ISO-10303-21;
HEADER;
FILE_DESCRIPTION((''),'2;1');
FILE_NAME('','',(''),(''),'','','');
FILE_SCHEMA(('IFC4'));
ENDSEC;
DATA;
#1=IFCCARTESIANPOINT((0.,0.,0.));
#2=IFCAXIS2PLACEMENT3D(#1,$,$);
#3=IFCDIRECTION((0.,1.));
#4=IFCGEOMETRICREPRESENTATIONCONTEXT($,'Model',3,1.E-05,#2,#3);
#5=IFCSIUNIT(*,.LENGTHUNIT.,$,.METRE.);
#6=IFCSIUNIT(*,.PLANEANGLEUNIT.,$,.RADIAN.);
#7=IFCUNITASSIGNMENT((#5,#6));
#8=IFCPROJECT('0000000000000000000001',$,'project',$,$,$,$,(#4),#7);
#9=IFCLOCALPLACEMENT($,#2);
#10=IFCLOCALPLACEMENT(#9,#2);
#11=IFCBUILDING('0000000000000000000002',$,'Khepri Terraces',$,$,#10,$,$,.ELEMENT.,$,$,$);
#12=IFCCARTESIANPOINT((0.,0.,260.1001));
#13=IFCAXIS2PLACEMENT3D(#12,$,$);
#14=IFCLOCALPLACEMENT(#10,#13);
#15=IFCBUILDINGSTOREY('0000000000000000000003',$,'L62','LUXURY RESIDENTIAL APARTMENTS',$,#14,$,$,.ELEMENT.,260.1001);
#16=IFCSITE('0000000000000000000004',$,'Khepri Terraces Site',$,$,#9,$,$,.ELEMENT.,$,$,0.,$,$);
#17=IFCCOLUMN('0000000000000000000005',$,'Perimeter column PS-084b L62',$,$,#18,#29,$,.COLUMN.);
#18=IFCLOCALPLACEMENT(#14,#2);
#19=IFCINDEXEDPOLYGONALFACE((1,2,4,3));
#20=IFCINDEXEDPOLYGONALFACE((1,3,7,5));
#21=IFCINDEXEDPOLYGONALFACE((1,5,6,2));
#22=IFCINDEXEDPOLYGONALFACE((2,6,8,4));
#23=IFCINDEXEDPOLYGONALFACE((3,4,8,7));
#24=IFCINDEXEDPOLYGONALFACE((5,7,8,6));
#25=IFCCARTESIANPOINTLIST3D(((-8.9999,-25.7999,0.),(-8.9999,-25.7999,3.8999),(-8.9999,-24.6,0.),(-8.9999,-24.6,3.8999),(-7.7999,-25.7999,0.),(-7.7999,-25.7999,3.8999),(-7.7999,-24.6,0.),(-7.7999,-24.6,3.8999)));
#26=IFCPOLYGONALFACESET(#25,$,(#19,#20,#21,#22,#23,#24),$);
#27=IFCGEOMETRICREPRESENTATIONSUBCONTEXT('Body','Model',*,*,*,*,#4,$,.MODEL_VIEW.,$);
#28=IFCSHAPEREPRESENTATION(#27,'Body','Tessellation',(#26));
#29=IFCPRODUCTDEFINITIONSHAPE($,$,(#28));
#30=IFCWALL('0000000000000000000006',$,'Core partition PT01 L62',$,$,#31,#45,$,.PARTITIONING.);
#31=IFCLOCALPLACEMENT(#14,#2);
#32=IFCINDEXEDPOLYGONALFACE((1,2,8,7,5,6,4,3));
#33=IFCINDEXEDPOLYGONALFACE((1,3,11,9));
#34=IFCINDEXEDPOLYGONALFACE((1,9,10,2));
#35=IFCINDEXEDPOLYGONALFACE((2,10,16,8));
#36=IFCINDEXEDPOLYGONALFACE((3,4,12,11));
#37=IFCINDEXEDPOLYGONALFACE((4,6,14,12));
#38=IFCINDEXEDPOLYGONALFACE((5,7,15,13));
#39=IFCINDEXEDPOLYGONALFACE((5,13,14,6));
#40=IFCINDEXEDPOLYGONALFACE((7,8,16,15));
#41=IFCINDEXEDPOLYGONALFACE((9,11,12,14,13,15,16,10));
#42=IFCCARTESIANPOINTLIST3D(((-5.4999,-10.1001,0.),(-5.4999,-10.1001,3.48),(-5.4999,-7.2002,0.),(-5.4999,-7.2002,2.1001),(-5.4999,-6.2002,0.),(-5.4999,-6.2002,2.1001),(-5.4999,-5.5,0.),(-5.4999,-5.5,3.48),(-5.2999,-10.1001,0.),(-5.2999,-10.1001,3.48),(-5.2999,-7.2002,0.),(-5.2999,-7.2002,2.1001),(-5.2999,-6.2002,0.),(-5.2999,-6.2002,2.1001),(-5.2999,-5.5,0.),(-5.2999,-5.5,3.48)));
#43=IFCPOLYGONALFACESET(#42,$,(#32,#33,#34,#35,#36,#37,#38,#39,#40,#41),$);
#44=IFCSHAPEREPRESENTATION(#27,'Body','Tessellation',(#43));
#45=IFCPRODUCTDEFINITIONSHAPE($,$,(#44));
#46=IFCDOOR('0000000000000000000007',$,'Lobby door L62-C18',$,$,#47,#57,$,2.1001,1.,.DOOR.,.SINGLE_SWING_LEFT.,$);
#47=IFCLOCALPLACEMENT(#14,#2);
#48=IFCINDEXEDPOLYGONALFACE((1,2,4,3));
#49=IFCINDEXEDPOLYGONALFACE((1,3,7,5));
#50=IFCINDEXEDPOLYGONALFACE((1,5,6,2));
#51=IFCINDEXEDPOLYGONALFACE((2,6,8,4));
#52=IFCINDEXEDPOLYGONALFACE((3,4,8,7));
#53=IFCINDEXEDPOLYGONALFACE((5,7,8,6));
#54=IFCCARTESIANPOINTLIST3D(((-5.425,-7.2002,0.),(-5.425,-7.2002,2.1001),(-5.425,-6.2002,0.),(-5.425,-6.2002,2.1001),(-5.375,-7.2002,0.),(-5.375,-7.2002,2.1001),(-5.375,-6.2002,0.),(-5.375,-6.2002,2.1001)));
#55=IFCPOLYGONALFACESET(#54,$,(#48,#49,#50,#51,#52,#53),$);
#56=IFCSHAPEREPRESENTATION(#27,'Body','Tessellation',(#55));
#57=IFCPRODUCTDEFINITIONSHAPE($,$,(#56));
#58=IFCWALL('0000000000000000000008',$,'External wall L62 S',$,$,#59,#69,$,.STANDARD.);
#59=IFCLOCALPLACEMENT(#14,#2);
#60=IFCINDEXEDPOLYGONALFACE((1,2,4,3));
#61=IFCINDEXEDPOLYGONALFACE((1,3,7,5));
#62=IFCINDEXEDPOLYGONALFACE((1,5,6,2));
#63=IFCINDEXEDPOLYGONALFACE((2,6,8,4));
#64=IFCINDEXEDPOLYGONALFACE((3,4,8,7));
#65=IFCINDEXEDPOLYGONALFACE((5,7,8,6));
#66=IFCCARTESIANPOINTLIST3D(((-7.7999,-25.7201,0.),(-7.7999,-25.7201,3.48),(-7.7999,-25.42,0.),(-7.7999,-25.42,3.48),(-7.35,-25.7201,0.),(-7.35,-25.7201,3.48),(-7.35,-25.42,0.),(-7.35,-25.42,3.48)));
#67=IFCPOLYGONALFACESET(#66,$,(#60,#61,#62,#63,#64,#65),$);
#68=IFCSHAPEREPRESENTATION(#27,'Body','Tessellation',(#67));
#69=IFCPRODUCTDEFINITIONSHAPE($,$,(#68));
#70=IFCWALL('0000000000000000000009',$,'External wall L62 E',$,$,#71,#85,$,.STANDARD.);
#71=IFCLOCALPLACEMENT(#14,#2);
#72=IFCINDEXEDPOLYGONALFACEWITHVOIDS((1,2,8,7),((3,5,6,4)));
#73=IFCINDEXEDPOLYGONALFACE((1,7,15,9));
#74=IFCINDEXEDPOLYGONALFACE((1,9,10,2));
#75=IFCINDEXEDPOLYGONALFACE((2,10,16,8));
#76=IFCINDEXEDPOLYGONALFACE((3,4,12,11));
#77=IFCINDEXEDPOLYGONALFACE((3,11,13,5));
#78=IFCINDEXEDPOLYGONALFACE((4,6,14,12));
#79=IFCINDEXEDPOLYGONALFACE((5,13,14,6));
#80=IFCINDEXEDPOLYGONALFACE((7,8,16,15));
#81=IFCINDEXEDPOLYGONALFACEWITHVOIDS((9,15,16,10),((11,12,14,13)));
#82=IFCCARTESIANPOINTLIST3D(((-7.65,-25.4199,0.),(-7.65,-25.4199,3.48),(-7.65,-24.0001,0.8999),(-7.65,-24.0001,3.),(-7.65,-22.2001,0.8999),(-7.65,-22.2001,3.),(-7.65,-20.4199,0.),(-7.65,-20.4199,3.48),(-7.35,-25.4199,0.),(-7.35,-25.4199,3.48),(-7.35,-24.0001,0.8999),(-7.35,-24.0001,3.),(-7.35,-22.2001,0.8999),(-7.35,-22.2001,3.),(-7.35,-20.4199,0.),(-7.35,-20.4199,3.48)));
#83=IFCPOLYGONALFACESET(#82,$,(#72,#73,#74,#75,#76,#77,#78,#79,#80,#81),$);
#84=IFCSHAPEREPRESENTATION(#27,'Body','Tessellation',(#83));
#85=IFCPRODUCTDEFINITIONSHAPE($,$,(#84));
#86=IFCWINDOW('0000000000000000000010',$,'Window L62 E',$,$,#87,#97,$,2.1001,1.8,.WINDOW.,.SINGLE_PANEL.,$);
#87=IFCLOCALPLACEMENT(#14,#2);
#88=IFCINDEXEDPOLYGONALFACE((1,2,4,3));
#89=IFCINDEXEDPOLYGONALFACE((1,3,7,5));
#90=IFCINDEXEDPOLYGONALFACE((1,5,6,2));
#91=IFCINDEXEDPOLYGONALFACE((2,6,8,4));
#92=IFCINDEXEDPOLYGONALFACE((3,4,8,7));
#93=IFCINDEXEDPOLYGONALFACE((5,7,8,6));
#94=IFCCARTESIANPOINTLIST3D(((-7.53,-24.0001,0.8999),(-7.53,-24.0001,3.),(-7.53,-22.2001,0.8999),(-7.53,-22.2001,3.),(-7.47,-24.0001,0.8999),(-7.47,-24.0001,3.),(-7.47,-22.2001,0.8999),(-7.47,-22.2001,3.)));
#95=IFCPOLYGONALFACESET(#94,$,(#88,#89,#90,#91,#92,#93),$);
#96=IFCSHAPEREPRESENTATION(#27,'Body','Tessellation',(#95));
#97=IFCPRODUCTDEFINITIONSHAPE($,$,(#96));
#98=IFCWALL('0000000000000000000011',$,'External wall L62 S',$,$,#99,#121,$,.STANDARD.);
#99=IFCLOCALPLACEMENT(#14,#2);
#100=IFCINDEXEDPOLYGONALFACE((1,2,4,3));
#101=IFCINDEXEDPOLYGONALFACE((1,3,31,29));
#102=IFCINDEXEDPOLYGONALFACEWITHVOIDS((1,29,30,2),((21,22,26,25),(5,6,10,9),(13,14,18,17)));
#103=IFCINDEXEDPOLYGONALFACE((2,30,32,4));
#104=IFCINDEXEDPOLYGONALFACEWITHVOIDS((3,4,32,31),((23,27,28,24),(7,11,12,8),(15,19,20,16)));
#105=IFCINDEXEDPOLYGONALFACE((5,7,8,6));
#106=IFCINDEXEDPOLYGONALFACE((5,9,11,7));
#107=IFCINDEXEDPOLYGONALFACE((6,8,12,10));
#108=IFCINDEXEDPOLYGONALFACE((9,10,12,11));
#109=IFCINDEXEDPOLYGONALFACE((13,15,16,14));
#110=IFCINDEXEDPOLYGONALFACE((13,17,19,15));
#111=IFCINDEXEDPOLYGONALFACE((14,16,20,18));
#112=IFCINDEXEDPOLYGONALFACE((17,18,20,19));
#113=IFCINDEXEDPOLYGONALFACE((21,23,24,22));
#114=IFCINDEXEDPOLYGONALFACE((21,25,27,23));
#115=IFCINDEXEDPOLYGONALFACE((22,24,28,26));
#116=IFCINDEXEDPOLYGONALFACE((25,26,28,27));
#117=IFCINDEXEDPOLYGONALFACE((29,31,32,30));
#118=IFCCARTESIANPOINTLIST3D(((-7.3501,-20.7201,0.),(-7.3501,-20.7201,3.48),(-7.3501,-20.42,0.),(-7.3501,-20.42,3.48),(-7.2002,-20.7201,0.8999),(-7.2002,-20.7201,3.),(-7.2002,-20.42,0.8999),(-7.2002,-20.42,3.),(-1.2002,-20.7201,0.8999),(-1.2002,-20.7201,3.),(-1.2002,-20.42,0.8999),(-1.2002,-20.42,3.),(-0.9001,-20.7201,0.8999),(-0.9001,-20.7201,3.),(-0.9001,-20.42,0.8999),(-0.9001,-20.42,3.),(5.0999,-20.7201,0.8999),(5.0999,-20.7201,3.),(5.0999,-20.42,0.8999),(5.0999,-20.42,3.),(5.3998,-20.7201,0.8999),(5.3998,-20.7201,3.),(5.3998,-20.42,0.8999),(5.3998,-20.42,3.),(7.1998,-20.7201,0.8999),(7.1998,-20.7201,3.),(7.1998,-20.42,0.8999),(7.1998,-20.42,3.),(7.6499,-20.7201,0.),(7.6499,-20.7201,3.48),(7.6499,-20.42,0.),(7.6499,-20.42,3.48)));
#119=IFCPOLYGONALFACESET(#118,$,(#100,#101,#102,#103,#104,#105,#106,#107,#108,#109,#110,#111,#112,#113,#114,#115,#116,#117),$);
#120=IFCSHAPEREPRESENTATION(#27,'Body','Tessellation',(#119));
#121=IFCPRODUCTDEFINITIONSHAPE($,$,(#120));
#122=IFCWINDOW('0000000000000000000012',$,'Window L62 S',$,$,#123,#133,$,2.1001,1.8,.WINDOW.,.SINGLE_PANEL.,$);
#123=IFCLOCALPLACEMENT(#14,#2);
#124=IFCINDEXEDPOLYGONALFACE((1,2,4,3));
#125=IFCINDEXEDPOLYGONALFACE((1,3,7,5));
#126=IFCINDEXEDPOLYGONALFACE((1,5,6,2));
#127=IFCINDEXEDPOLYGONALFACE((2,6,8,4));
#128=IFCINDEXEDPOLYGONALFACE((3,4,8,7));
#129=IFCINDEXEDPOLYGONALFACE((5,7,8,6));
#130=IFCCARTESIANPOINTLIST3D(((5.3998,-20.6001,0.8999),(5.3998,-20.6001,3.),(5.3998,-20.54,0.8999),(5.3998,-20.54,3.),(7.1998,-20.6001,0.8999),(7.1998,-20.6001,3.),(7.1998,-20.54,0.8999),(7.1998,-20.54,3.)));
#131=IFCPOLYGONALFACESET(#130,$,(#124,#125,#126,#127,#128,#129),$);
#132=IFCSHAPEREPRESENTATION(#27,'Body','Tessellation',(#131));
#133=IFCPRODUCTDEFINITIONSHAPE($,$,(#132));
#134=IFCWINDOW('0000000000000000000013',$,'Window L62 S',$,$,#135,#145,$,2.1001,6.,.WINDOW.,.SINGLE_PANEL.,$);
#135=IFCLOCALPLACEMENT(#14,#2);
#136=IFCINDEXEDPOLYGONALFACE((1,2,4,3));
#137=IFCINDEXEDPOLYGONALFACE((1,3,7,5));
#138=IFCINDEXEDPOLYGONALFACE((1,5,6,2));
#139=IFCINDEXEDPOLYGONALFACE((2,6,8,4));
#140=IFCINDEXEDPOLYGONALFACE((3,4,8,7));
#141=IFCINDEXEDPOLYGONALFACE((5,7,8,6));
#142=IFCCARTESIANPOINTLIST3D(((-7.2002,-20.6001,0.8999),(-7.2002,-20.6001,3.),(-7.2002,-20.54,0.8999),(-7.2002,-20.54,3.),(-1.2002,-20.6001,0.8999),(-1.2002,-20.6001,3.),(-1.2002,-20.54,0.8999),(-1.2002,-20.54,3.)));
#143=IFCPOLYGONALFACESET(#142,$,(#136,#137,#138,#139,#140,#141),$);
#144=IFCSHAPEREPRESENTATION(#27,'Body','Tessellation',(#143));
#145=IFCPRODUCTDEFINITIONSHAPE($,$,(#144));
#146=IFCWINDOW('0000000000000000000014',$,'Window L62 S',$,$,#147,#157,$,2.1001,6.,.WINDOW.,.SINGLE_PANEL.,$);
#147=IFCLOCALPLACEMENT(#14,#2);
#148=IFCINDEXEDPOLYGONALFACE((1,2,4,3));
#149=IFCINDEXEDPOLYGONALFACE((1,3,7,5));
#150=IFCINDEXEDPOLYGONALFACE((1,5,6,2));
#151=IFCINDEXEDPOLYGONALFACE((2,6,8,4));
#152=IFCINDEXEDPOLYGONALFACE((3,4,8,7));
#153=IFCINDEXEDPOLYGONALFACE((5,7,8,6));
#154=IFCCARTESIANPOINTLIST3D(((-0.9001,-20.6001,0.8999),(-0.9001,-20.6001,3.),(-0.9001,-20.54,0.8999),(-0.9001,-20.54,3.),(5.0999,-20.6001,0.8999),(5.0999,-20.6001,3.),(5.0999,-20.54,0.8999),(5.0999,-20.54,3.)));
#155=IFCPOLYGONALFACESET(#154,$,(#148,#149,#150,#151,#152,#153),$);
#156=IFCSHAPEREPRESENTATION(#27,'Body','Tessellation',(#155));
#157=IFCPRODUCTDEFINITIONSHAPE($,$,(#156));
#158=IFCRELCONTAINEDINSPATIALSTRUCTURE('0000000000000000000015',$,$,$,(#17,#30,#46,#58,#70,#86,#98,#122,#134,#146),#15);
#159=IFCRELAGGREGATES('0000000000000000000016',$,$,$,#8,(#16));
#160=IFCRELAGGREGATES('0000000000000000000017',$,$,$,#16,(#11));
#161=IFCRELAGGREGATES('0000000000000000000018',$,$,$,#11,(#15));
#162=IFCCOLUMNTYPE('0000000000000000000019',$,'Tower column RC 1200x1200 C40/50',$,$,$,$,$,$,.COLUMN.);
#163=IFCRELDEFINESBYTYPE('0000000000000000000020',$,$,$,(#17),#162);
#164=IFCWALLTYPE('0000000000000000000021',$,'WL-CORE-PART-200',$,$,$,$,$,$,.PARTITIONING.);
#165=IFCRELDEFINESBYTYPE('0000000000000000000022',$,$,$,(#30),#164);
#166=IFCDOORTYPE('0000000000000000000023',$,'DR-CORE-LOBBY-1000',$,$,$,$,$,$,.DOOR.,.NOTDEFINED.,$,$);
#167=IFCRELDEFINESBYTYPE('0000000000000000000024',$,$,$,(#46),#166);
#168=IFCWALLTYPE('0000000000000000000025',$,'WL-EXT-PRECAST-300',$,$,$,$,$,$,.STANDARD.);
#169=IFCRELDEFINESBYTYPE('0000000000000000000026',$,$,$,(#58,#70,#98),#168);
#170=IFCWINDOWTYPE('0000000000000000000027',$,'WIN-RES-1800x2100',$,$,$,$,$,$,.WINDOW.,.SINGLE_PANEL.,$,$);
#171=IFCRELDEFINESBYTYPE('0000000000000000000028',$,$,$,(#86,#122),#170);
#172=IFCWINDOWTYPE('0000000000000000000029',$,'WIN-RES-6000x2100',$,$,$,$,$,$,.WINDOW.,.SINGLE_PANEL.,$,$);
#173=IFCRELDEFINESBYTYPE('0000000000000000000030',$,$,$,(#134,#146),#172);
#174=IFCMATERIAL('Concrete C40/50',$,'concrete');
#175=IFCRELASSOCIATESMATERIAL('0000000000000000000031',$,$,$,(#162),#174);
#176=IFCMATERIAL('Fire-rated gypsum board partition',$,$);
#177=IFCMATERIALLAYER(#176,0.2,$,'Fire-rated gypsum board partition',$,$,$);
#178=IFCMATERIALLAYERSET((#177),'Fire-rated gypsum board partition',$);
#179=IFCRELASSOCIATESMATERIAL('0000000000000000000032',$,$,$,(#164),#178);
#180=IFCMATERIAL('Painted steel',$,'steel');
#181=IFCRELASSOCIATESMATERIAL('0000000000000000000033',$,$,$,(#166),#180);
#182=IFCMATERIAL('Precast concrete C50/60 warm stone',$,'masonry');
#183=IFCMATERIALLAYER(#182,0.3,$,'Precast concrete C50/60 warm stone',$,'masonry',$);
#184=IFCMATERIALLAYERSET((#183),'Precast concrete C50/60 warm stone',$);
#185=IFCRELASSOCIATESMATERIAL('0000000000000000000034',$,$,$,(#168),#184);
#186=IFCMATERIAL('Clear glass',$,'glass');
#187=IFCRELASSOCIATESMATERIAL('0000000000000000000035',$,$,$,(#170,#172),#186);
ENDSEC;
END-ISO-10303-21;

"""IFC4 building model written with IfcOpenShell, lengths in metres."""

from ifc_helpers import new_model, si_unit, direction, frame, frame_2d, origin, origin_2d, place, context, subcontext, project, spatial, rectangle, extrude, material, layer, layer_set, material_profile, profile_set, type_object, element, fill, save


model = new_model("IFC4")

# Units and contexts
model_context = context("Model", 3, precision=1e-05, world=origin(), true_north=direction((0.0, 1.0)))
body_context = subcontext(model_context, "Body", "Model", "MODEL_VIEW")
ifc_project = project(units=[si_unit("LENGTHUNIT", "METRE"), si_unit("PLANEANGLEUNIT", "RADIAN")], contexts=[model_context])

# Site, building, storey
site_placement = place(None, origin())
site = spatial("IfcSite", under=ifc_project, at=site_placement, Name="Khepri Terraces Site", CompositionType="ELEMENT", RefElevation=0.0)
building_placement = place(site_placement, origin())
building = spatial("IfcBuilding", under=site, at=building_placement, Name="Khepri Terraces", CompositionType="ELEMENT")
storey_placement = place(building_placement, frame((0.0, 0.0, 260.1001)))
storey = spatial("IfcBuildingStorey", under=building, at=storey_placement, Name="L62", Description="LUXURY RESIDENTIAL APARTMENTS", CompositionType="ELEMENT", Elevation=260.1001)

# Column
ifc_material_1 = material(Name="Concrete C40/50", Category="concrete")
ifc_material_profile = material_profile(ifc_material_1, rectangle(XDim=1.2, YDim=1.2, at=origin_2d()), Name="Concrete C40/50", Category="concrete")
ifc_profile_set = profile_set([ifc_material_profile], Name="Concrete C40/50")
column_type = type_object("IfcColumnType", Name="Tower column RC 1200x1200 C40/50", PredefinedType="COLUMN", material=ifc_profile_set)
column_placement = place(storey_placement, frame((-8.3999, -25.2, 0.0), z_axis=(0.0, 0.0, 1.0), x_axis=(1.0, 0.0, 0.0)))
element("IfcColumn", 1, at=column_placement, inside=storey, type_object=column_type, Name="Perimeter column PS-084b L62", PredefinedType="COLUMN", context=body_context, shape_type="SweptSolid", body=[
    extrude(rectangle(XDim=1.2, YDim=1.2, at=origin_2d()), origin(), (0.0, 0.0, 1.0), 3.8999),
])

# Wall, opening, door
ifc_material_2 = material(Name="Fire-rated gypsum board partition")
ifc_layer_1 = layer(ifc_material_2, 0.2, Name="Fire-rated gypsum board partition")
ifc_layer_set_1 = layer_set([ifc_layer_1], Name="Fire-rated gypsum board partition")
wall_type_1 = type_object("IfcWallType", Name="WL-CORE-PART-200", PredefinedType="PARTITIONING", material=ifc_layer_set_1)
wall_1_placement = place(storey_placement, frame((-5.3999, -10.1001, 0.0), z_axis=(0.0, 0.0, 1.0), x_axis=(0.0, 1.0, 0.0)))
wall_1 = element("IfcWall", 2, at=wall_1_placement, inside=storey, type_object=wall_type_1, Name="Core partition PT01 L62", PredefinedType="PARTITIONING", context=body_context, shape_type="SweptSolid", body=[
    extrude(rectangle(XDim=4.6001, YDim=0.2, at=frame_2d((2.3, 0.0))), origin(), (0.0, 0.0, 1.0), 3.48),
])
opening_1_placement = place(wall_1_placement, frame((2.8999, 0.0, 0.0)))
opening_1 = element("IfcOpeningElement", 3, at=opening_1_placement, cuts=wall_1, PredefinedType="OPENING", context=body_context, shape_type="SweptSolid", body=[
    extrude(rectangle(XDim=1.0, YDim=2.1001, at=frame_2d((0.5, 1.05))), frame((0.0, 0.1099, 0.0), z_axis=(0.0, -1.0, 0.0), x_axis=(1.0, 0.0, 0.0)), (0.0, 0.0, 1.0), 0.22),
])
ifc_material_3 = material(Name="Painted steel", Category="steel")
door_type_1 = type_object("IfcDoorType", Name="DR-CORE-LOBBY-1000", OperationType="NOTDEFINED", PredefinedType="DOOR", material=ifc_material_3)
door_1_placement = place(opening_1_placement, frame((1.0, 0.0, 0.0), z_axis=(0.0, 0.0, 1.0), x_axis=(-1.0, 0.0, 0.0)))
door_1 = element("IfcDoor", 4, at=door_1_placement, inside=storey, type_object=door_type_1, Name="Lobby door L62-C18", OperationType="SINGLE_SWING_LEFT", OverallHeight=2.1001, OverallWidth=1.0, PredefinedType="DOOR", context=body_context, shape_type="SweptSolid", body=[
    extrude(rectangle(XDim=1.0, YDim=2.1001, at=frame_2d((0.5, 1.05))), frame((0.0, 0.0249, 0.0), z_axis=(0.0, -1.0, 0.0), x_axis=(1.0, 0.0, 0.0)), (0.0, 0.0, 1.0), 0.05),
])
fill(opening_1, door_1)

# Wall
ifc_material_4 = material(Name="Precast concrete C50/60 warm stone", Category="masonry")
ifc_layer_2 = layer(ifc_material_4, 0.3, Name="Precast concrete C50/60 warm stone", Category="masonry")
ifc_layer_set_2 = layer_set([ifc_layer_2], Name="Precast concrete C50/60 warm stone")
wall_type_2 = type_object("IfcWallType", Name="WL-EXT-PRECAST-300", PredefinedType="STANDARD", material=ifc_layer_set_2)
wall_2_placement = place(storey_placement, frame((-7.8, -25.5701, 0.0), z_axis=(0.0, 0.0, 1.0), x_axis=(1.0, 0.0, 0.0)))
element("IfcWall", 5, at=wall_2_placement, inside=storey, type_object=wall_type_2, Name="External wall L62 S", PredefinedType="STANDARD", context=body_context, shape_type="SweptSolid", body=[
    extrude(rectangle(XDim=0.45, YDim=0.3, at=frame_2d((0.2251, 0.0))), origin(), (0.0, 0.0, 1.0), 3.48),
])

# Wall, opening, window
wall_3_placement = place(storey_placement, frame((-7.5, -25.4199, 0.0), z_axis=(0.0, 0.0, 1.0), x_axis=(0.0, 1.0, 0.0)))
wall_3 = element("IfcWall", 6, at=wall_3_placement, inside=storey, type_object=wall_type_2, Name="External wall L62 E", PredefinedType="STANDARD", context=body_context, shape_type="SweptSolid", body=[
    extrude(rectangle(XDim=5.0, YDim=0.3, at=frame_2d((2.5, 0.0))), origin(), (0.0, 0.0, 1.0), 3.48),
])
opening_2_placement = place(wall_3_placement, frame((1.4199, 0.0, 0.8999)))
opening_2 = element("IfcOpeningElement", 7, at=opening_2_placement, cuts=wall_3, PredefinedType="OPENING", context=body_context, shape_type="SweptSolid", body=[
    extrude(rectangle(XDim=1.8, YDim=2.1001, at=frame_2d((0.8999, 1.05))), frame((0.0, 0.1602, 0.0), z_axis=(0.0, -1.0, 0.0), x_axis=(1.0, 0.0, 0.0)), (0.0, 0.0, 1.0), 0.3201),
])
ifc_material_5 = material(Name="Clear glass", Category="glass")
window_type_1 = type_object("IfcWindowType", Name="WIN-RES-1800x2100", PartitioningType="SINGLE_PANEL", PredefinedType="WINDOW", material=ifc_material_5)
window_1_placement = place(opening_2_placement, origin())
window_1 = element("IfcWindow", 8, at=window_1_placement, inside=storey, type_object=window_type_1, Name="Window L62 E", OverallHeight=2.1001, OverallWidth=1.8, PartitioningType="SINGLE_PANEL", PredefinedType="WINDOW", context=body_context, shape_type="SweptSolid", body=[
    extrude(rectangle(XDim=1.8, YDim=2.1001, at=frame_2d((0.8999, 1.05))), frame((0.0, 0.03, 0.0), z_axis=(0.0, -1.0, 0.0), x_axis=(1.0, 0.0, 0.0)), (0.0, 0.0, 1.0), 0.0601),
])
fill(opening_2, window_1)

# Wall, openings, windows
wall_4_placement = place(storey_placement, frame((-7.3501, -20.5701, 0.0), z_axis=(0.0, 0.0, 1.0), x_axis=(1.0, 0.0, 0.0)))
wall_4 = element("IfcWall", 9, at=wall_4_placement, inside=storey, type_object=wall_type_2, Name="External wall L62 S", PredefinedType="STANDARD", context=body_context, shape_type="SweptSolid", body=[
    extrude(rectangle(XDim=15.0, YDim=0.3, at=frame_2d((7.5, 0.0))), origin(), (0.0, 0.0, 1.0), 3.48),
])
opening_3_placement = place(wall_4_placement, frame((0.1499, 0.0, 0.8999)))
opening_3 = element("IfcOpeningElement", 10, at=opening_3_placement, cuts=wall_4, PredefinedType="OPENING", context=body_context, shape_type="SweptSolid", body=[
    extrude(rectangle(XDim=6.0, YDim=2.1001, at=frame_2d((3.0, 1.05))), frame((0.0, 0.1602, 0.0), z_axis=(0.0, -1.0, 0.0), x_axis=(1.0, 0.0, 0.0)), (0.0, 0.0, 1.0), 0.3201),
])
opening_4_placement = place(wall_4_placement, frame((6.45, 0.0, 0.8999)))
opening_4 = element("IfcOpeningElement", 11, at=opening_4_placement, cuts=wall_4, PredefinedType="OPENING", context=body_context, shape_type="SweptSolid", body=[
    extrude(rectangle(XDim=6.0, YDim=2.1001, at=frame_2d((3.0, 1.05))), frame((0.0, 0.1602, 0.0), z_axis=(0.0, -1.0, 0.0), x_axis=(1.0, 0.0, 0.0)), (0.0, 0.0, 1.0), 0.3201),
])
opening_5_placement = place(wall_4_placement, frame((12.75, 0.0, 0.8999)))
opening_5 = element("IfcOpeningElement", 12, at=opening_5_placement, cuts=wall_4, PredefinedType="OPENING", context=body_context, shape_type="SweptSolid", body=[
    extrude(rectangle(XDim=1.8, YDim=2.1001, at=frame_2d((0.8999, 1.05))), frame((0.0, 0.1602, 0.0), z_axis=(0.0, -1.0, 0.0), x_axis=(1.0, 0.0, 0.0)), (0.0, 0.0, 1.0), 0.3201),
])
window_2_placement = place(opening_5_placement, origin())
window_2 = element("IfcWindow", 13, at=window_2_placement, inside=storey, type_object=window_type_1, Name="Window L62 S", OverallHeight=2.1001, OverallWidth=1.8, PartitioningType="SINGLE_PANEL", PredefinedType="WINDOW", context=body_context, shape_type="SweptSolid", body=[
    extrude(rectangle(XDim=1.8, YDim=2.1001, at=frame_2d((0.8999, 1.05))), frame((0.0, 0.03, 0.0), z_axis=(0.0, -1.0, 0.0), x_axis=(1.0, 0.0, 0.0)), (0.0, 0.0, 1.0), 0.0601),
])
fill(opening_5, window_2)
window_type_2 = type_object("IfcWindowType", Name="WIN-RES-6000x2100", PartitioningType="SINGLE_PANEL", PredefinedType="WINDOW", material=ifc_material_5)
window_3_placement = place(opening_3_placement, origin())
window_3 = element("IfcWindow", 14, at=window_3_placement, inside=storey, type_object=window_type_2, Name="Window L62 S", OverallHeight=2.1001, OverallWidth=6.0, PartitioningType="SINGLE_PANEL", PredefinedType="WINDOW", context=body_context, shape_type="SweptSolid", body=[
    extrude(rectangle(XDim=6.0, YDim=2.1001, at=frame_2d((3.0, 1.05))), frame((0.0, 0.03, 0.0), z_axis=(0.0, -1.0, 0.0), x_axis=(1.0, 0.0, 0.0)), (0.0, 0.0, 1.0), 0.0601),
])
fill(opening_3, window_3)
window_4_placement = place(opening_4_placement, origin())
window_4 = element("IfcWindow", 15, at=window_4_placement, inside=storey, type_object=window_type_2, Name="Window L62 S", OverallHeight=2.1001, OverallWidth=6.0, PartitioningType="SINGLE_PANEL", PredefinedType="WINDOW", context=body_context, shape_type="SweptSolid", body=[
    extrude(rectangle(XDim=6.0, YDim=2.1001, at=frame_2d((3.0, 1.05))), frame((0.0, 0.03, 0.0), z_axis=(0.0, -1.0, 0.0), x_axis=(1.0, 0.0, 0.0)), (0.0, 0.0, 1.0), 0.0601),
])
fill(opening_4, window_4)

save(model, "model.ifc")
